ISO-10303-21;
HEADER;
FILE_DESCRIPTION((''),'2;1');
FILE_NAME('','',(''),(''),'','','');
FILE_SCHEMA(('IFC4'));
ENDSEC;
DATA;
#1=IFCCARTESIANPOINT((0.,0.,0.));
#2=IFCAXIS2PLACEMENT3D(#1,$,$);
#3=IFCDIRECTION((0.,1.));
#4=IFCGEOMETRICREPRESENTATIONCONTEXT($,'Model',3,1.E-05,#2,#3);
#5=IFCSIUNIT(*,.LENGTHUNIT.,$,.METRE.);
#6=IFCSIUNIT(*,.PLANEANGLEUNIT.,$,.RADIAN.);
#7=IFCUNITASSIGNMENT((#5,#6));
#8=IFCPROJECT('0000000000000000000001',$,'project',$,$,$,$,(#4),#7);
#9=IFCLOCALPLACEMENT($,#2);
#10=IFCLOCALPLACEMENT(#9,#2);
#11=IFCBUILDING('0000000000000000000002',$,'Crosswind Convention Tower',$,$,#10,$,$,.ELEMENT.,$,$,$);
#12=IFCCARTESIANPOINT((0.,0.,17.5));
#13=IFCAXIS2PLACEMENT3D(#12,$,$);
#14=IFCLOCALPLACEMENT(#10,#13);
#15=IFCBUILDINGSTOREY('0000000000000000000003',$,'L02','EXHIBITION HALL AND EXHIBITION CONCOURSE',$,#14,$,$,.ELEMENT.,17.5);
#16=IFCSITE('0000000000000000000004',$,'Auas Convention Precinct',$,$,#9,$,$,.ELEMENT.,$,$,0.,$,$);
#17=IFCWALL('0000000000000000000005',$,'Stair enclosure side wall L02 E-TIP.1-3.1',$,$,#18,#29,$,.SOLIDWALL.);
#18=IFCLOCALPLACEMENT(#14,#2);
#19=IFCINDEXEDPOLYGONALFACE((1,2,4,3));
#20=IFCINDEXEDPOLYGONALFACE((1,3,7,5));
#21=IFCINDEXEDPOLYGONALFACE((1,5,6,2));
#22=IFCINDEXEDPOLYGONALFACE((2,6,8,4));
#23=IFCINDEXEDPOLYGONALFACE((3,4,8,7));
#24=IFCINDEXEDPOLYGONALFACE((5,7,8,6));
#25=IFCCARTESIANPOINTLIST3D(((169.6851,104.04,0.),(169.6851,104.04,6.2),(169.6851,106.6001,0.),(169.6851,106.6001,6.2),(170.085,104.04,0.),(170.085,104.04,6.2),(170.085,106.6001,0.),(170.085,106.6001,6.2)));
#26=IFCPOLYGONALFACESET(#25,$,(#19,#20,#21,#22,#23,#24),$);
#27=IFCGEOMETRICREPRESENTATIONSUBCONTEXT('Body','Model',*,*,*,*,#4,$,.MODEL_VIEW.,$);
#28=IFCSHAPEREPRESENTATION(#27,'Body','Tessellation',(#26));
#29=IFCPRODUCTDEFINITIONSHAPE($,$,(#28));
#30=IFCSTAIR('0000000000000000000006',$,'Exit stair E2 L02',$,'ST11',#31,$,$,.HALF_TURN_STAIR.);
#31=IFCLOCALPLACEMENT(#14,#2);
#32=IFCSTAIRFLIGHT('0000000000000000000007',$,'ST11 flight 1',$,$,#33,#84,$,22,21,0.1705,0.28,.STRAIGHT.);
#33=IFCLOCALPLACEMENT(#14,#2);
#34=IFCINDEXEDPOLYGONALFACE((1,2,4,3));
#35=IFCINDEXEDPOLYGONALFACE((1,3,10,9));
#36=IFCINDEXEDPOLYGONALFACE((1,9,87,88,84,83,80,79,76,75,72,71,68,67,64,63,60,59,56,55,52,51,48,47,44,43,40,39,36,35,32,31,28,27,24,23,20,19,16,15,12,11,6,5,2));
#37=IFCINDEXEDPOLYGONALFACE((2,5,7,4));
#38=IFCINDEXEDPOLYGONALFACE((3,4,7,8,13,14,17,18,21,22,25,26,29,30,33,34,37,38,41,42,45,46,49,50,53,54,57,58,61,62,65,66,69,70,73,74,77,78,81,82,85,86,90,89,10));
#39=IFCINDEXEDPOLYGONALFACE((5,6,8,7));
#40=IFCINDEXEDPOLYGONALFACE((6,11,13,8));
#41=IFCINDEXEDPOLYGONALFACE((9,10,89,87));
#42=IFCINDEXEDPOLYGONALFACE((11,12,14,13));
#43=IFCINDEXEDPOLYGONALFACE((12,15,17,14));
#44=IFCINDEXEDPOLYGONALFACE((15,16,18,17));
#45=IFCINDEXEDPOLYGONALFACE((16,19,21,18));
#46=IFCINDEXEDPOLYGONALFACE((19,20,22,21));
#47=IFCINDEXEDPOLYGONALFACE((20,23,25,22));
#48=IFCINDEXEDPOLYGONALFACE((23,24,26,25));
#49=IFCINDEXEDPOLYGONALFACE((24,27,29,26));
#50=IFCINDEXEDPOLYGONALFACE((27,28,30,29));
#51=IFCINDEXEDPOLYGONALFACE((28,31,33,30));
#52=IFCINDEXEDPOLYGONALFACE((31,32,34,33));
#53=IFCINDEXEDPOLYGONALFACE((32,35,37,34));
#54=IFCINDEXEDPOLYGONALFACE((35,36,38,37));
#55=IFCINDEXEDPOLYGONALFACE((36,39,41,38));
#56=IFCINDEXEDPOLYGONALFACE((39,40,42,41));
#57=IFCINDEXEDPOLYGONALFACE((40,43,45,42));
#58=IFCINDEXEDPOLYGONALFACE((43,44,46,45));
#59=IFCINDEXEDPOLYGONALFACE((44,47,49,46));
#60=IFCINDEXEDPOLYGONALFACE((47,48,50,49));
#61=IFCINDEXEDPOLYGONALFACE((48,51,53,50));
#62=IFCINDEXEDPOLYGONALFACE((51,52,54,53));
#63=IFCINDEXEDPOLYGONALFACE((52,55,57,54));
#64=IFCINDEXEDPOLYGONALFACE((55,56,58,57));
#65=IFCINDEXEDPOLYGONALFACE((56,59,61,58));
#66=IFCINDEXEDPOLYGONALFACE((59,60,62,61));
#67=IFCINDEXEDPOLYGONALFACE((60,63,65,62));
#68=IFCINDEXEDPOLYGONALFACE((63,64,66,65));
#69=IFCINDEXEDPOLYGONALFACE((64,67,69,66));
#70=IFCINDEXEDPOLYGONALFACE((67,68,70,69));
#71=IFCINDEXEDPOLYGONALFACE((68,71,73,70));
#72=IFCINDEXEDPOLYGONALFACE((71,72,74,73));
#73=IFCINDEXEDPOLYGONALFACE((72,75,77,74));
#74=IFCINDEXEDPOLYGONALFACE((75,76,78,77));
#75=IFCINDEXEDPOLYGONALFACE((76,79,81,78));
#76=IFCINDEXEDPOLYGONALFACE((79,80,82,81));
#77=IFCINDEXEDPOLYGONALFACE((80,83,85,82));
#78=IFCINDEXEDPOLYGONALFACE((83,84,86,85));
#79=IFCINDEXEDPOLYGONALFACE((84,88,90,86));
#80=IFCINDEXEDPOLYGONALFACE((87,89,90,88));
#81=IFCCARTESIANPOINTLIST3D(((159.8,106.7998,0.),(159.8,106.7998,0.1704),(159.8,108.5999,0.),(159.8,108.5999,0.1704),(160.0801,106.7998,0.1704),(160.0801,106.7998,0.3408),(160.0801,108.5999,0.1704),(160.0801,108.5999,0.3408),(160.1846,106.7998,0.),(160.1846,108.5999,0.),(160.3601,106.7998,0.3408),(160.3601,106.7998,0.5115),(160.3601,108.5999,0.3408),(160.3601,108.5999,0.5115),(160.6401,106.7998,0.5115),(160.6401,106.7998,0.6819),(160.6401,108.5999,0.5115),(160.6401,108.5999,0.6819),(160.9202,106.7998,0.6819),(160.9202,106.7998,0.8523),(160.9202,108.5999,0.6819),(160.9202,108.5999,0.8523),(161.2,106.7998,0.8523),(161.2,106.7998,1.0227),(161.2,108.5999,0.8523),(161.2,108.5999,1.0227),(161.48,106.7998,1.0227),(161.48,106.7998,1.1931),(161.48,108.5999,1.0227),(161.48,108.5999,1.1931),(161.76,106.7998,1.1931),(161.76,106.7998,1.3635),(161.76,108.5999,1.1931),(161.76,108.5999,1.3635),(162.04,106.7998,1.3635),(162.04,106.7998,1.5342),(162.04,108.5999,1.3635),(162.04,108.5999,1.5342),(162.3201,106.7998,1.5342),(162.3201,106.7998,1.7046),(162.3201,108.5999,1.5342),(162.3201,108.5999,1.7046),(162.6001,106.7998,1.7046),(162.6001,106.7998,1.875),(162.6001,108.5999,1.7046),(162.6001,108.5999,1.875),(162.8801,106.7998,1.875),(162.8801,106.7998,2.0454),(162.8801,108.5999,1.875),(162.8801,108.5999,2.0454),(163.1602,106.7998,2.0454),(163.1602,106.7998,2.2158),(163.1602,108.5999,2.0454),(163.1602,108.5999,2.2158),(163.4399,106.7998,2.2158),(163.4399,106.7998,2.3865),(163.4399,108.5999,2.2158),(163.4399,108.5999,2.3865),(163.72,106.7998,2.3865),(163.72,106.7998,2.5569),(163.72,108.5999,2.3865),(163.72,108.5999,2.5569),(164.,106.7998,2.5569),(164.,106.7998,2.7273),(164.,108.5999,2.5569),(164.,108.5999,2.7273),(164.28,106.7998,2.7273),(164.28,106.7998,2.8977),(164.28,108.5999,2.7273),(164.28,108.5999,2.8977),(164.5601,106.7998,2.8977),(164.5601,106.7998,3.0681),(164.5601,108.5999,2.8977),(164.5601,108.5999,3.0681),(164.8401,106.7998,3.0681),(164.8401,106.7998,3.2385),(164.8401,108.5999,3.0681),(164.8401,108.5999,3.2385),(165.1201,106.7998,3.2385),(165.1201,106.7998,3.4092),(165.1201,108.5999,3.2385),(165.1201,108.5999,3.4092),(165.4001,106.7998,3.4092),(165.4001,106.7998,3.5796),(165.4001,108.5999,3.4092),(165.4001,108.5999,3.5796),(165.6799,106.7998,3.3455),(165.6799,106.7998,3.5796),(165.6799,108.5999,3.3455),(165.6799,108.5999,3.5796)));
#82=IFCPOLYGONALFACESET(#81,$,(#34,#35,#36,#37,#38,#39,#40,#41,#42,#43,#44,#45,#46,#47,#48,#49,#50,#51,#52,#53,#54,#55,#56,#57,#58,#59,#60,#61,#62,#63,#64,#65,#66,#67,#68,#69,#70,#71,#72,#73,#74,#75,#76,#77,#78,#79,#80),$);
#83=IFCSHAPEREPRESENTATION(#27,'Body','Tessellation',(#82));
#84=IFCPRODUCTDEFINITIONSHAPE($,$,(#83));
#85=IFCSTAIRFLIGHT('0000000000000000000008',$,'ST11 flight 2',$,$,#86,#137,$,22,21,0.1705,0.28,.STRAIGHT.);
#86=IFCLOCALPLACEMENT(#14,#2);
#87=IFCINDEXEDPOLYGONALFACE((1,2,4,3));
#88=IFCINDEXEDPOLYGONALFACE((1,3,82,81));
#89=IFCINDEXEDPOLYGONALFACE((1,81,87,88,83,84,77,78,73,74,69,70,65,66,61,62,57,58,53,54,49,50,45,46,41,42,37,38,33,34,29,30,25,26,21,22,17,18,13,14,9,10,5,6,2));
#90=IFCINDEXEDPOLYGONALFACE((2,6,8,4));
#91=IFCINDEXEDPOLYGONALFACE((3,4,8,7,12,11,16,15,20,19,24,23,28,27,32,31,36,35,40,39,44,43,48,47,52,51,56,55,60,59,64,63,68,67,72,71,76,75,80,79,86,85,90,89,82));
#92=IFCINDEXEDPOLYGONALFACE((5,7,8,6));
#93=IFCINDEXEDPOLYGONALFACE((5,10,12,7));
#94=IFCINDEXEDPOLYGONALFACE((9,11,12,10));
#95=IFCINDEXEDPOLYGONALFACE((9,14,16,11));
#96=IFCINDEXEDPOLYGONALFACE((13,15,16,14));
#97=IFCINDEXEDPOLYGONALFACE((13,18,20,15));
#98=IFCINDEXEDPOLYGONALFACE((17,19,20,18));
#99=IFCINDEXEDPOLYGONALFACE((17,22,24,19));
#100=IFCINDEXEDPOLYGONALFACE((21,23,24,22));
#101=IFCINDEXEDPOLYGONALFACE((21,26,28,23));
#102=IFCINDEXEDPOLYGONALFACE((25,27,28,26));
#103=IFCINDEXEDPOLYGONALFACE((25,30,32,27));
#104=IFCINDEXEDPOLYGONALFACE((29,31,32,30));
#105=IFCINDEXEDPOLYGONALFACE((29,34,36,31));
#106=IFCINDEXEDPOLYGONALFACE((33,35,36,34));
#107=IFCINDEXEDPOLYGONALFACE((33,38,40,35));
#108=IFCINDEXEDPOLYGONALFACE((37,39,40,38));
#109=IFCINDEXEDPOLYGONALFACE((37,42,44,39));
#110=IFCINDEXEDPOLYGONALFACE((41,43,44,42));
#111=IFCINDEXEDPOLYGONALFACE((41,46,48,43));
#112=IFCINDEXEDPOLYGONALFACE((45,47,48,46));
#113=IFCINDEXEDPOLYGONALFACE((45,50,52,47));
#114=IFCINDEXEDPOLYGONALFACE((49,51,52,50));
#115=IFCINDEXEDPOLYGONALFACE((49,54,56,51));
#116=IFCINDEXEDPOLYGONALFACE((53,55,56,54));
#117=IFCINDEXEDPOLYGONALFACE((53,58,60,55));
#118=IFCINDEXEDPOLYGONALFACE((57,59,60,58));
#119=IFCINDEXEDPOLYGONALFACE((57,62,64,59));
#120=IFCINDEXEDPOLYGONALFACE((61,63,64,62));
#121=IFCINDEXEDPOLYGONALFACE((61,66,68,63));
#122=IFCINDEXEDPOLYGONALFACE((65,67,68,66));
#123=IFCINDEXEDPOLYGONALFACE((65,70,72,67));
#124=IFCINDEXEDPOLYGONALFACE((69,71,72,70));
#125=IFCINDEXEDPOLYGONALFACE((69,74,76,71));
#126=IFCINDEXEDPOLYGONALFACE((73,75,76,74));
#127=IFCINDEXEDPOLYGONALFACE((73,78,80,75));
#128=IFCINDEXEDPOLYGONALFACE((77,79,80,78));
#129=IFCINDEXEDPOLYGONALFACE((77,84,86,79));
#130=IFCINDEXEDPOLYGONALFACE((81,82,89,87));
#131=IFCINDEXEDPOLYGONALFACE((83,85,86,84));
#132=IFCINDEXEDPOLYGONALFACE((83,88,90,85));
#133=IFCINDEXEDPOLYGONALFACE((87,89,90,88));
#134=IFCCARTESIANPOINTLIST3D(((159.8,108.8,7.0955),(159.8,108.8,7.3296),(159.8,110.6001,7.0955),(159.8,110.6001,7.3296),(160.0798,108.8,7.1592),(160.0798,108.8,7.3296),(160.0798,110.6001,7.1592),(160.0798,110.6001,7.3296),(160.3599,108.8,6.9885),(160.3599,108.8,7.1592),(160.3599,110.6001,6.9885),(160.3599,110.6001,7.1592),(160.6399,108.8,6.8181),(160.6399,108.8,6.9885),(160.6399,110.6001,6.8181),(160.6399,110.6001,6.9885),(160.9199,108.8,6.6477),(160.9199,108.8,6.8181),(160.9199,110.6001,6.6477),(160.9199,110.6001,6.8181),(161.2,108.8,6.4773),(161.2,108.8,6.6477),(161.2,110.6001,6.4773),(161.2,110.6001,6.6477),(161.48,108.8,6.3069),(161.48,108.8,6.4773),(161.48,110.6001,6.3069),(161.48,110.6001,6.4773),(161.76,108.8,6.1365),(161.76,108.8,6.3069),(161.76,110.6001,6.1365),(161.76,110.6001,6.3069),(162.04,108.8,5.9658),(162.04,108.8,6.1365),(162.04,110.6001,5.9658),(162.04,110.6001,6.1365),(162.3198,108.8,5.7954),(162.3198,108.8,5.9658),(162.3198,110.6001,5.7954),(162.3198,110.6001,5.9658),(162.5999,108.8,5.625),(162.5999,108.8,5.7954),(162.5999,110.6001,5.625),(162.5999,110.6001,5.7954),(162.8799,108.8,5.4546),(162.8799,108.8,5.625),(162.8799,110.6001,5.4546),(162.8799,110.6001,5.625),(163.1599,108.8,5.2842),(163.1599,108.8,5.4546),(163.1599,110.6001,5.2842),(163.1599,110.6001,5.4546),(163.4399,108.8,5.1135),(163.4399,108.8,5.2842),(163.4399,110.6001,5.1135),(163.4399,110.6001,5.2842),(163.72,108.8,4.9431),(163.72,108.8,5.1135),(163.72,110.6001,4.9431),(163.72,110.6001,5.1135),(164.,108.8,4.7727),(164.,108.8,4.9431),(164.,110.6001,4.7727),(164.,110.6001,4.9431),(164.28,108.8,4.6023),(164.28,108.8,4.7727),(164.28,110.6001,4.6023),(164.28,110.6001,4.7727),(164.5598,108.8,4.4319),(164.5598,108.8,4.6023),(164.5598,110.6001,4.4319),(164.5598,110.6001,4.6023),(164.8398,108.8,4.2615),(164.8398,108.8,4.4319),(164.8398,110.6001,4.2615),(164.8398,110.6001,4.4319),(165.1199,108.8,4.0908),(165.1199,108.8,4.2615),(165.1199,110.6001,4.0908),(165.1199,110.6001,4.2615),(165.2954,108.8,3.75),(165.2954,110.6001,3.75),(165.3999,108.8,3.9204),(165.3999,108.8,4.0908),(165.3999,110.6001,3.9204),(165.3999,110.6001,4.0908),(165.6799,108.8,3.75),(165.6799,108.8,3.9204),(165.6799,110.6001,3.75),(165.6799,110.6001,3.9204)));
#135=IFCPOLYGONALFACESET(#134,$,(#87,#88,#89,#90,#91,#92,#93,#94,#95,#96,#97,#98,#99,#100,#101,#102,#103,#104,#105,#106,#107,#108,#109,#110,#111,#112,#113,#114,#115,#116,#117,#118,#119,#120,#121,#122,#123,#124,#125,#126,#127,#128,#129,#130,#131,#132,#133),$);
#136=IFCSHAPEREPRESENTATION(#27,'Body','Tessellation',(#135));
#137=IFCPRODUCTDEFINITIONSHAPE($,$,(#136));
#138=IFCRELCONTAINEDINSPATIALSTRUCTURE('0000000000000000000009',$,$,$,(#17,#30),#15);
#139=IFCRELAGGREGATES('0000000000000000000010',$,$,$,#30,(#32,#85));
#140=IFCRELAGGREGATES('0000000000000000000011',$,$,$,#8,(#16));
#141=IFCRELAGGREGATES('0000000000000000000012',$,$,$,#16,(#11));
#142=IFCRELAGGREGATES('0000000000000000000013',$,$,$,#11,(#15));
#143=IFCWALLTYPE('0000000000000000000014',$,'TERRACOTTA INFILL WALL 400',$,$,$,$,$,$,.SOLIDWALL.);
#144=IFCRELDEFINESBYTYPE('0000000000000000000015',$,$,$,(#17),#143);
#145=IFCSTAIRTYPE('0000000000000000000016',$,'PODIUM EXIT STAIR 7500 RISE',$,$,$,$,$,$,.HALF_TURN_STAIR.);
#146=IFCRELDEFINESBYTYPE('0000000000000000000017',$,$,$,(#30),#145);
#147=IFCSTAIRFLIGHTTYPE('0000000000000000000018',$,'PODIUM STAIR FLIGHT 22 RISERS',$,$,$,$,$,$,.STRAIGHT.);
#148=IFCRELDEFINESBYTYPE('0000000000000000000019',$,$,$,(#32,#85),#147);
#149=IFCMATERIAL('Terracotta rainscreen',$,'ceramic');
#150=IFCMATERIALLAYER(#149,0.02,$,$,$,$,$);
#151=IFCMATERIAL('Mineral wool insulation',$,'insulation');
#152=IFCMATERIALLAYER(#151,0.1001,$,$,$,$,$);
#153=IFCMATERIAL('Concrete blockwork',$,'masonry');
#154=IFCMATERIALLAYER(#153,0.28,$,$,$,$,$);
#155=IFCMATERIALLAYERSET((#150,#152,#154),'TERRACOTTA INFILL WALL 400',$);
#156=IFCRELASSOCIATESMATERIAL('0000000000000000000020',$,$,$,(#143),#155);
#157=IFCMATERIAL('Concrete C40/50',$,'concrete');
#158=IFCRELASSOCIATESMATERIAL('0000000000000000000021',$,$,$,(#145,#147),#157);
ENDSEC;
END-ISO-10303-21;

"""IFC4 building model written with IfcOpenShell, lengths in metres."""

from ifc_helpers import new_model, si_unit, direction, frame, frame_2d, origin, place, context, subcontext, project, spatial, polyline, rectangle, outline, extrude, material, layer, layer_set, type_object, element, aggregate, save


model = new_model("IFC4")

# Units and contexts
model_context = context("Model", 3, precision=1e-05, world=origin(), true_north=direction((0.0, 1.0)))
body_context = subcontext(model_context, "Body", "Model", "MODEL_VIEW")
ifc_project = project(units=[si_unit("LENGTHUNIT", "METRE"), si_unit("PLANEANGLEUNIT", "RADIAN")], contexts=[model_context])

# Site, building, storey
site_placement = place(None, origin())
site = spatial("IfcSite", under=ifc_project, at=site_placement, Name="Auas Convention Precinct", CompositionType="ELEMENT", RefElevation=0.0)
building_placement = place(site_placement, origin())
building = spatial("IfcBuilding", under=site, at=building_placement, Name="Crosswind Convention Tower", CompositionType="ELEMENT")
storey_placement = place(building_placement, frame((0.0, 0.0, 17.5)))
storey = spatial("IfcBuildingStorey", under=building, at=storey_placement, Name="L02", Description="EXHIBITION HALL AND EXHIBITION CONCOURSE", CompositionType="ELEMENT", Elevation=17.5)

# Shared definitions
ifc_material_1 = material(Name="Concrete C40/50", Category="concrete")

# Wall
ifc_material_2 = material(Name="Terracotta rainscreen", Category="ceramic")
ifc_layer_1 = layer(ifc_material_2, 0.02)
ifc_material_3 = material(Name="Mineral wool insulation", Category="insulation")
ifc_layer_2 = layer(ifc_material_3, 0.1001)
ifc_material_4 = material(Name="Concrete blockwork", Category="masonry")
ifc_layer_3 = layer(ifc_material_4, 0.28)
ifc_layer_set_1 = layer_set([ifc_layer_1, ifc_layer_2, ifc_layer_3], Name="TERRACOTTA INFILL WALL 400")
wall_type_1 = type_object("IfcWallType", Name="TERRACOTTA INFILL WALL 400", PredefinedType="SOLIDWALL", material=ifc_layer_set_1)
wall_1_placement = place(storey_placement, frame((169.885, 104.04, 0.0), z_axis=(0.0, 0.0, 1.0), x_axis=(0.0, 1.0, 0.0)))
element("IfcWall", 1, at=wall_1_placement, inside=storey, type_object=wall_type_1, Name="Stair enclosure side wall L02 E-TIP.1-3.1", PredefinedType="SOLIDWALL", context=body_context, shape_type="SweptSolid", body=[
    extrude(rectangle(XDim=2.5601, YDim=0.3999, at=frame_2d((1.28, 0.0))), origin(), (0.0, 0.0, 1.0), 6.2),
])

# Stair, stair flights
stair_type = type_object("IfcStairType", Name="PODIUM EXIT STAIR 7500 RISE", PredefinedType="HALF_TURN_STAIR", material=ifc_material_1)
stair_placement = place(storey_placement, origin())
stair = element("IfcStair", 2, at=stair_placement, inside=storey, type_object=stair_type, Name="Exit stair E2 L02", ObjectType="ST11", PredefinedType="HALF_TURN_STAIR")
stair_flight_type = type_object("IfcStairFlightType", Name="PODIUM STAIR FLIGHT 22 RISERS", PredefinedType="STRAIGHT", material=ifc_material_1)
stair_flight_1_placement = place(storey_placement, frame((159.8, 107.7, 0.0), z_axis=(0.0, 0.0, 1.0), x_axis=(1.0, 0.0, 0.0)))
stair_flight_1 = element("IfcStairFlight", 3, at=stair_flight_1_placement, type_object=stair_flight_type, Name="ST11 flight 1", NumberOfRisers=22, NumberOfTreads=21, PredefinedType="STRAIGHT", RiserHeight=0.1705, TreadLength=0.28, context=body_context, shape_type="SweptSolid", body=[
    extrude(outline(polyline([(0.0, 0.0), (0.0, 0.1704), (0.28, 0.1704), (0.28, 0.3408), (0.5601, 0.3408), (0.5601, 0.5115), (0.8401, 0.5115), (0.8401, 0.6819), (1.1201, 0.6819), (1.1201, 0.8523), (1.3999, 0.8523), (1.3999, 1.0227), (1.6799, 1.0227), (1.6799, 1.1931), (1.96, 1.1931), (1.96, 1.3635), (2.24, 1.3635), (2.24, 1.5342), (2.52, 1.5342), (2.52, 1.7046), (2.8, 1.7046), (2.8, 1.875), (3.0801, 1.875), (3.0801, 2.0454), (3.3601, 2.0454), (3.3601, 2.2158), (3.6399, 2.2158), (3.6399, 2.3865), (3.9199, 2.3865), (3.9199, 2.5569), (4.2, 2.5569), (4.2, 2.7273), (4.48, 2.7273), (4.48, 2.8977), (4.76, 2.8977), (4.76, 3.0681), (5.04, 3.0681), (5.04, 3.2385), (5.3201, 3.2385), (5.3201, 3.4092), (5.6001, 3.4092), (5.6001, 3.5796), (5.8799, 3.5796), (5.8799, 3.75), (5.8799, 3.3455), (0.3845, 0.0), (0.0, 0.0)])), frame((0.0, 0.8999, 0.0), z_axis=(0.0, -1.0, 0.0), x_axis=(1.0, 0.0, 0.0)), (0.0, 0.0, 1.0), 1.8),
])
stair_flight_2_placement = place(storey_placement, frame((165.6799, 109.7, 3.75), z_axis=(0.0, 0.0, 1.0), x_axis=(-1.0, 0.0, 0.0)))
stair_flight_2 = element("IfcStairFlight", 4, at=stair_flight_2_placement, type_object=stair_flight_type, Name="ST11 flight 2", NumberOfRisers=22, NumberOfTreads=21, PredefinedType="STRAIGHT", RiserHeight=0.1705, TreadLength=0.28, context=body_context, shape_type="SweptSolid", body=[
    extrude(outline(polyline([(0.0, 0.0), (0.0, 0.1704), (0.28, 0.1704), (0.28, 0.3408), (0.5601, 0.3408), (0.5601, 0.5115), (0.8401, 0.5115), (0.8401, 0.6819), (1.1201, 0.6819), (1.1201, 0.8523), (1.3999, 0.8523), (1.3999, 1.0227), (1.6799, 1.0227), (1.6799, 1.1931), (1.96, 1.1931), (1.96, 1.3635), (2.24, 1.3635), (2.24, 1.5342), (2.52, 1.5342), (2.52, 1.7046), (2.8, 1.7046), (2.8, 1.875), (3.0801, 1.875), (3.0801, 2.0454), (3.3601, 2.0454), (3.3601, 2.2158), (3.6399, 2.2158), (3.6399, 2.3865), (3.9199, 2.3865), (3.9199, 2.5569), (4.2, 2.5569), (4.2, 2.7273), (4.48, 2.7273), (4.48, 2.8977), (4.76, 2.8977), (4.76, 3.0681), (5.04, 3.0681), (5.04, 3.2385), (5.3201, 3.2385), (5.3201, 3.4092), (5.6001, 3.4092), (5.6001, 3.5796), (5.8799, 3.5796), (5.8799, 3.75), (5.8799, 3.3455), (0.3845, 0.0), (0.0, 0.0)])), frame((0.0, 0.8999, 0.0), z_axis=(0.0, -1.0, 0.0), x_axis=(1.0, 0.0, 0.0)), (0.0, 0.0, 1.0), 1.8),
])
aggregate(stair, [stair_flight_1, stair_flight_2])

save(model, "model.ifc")
